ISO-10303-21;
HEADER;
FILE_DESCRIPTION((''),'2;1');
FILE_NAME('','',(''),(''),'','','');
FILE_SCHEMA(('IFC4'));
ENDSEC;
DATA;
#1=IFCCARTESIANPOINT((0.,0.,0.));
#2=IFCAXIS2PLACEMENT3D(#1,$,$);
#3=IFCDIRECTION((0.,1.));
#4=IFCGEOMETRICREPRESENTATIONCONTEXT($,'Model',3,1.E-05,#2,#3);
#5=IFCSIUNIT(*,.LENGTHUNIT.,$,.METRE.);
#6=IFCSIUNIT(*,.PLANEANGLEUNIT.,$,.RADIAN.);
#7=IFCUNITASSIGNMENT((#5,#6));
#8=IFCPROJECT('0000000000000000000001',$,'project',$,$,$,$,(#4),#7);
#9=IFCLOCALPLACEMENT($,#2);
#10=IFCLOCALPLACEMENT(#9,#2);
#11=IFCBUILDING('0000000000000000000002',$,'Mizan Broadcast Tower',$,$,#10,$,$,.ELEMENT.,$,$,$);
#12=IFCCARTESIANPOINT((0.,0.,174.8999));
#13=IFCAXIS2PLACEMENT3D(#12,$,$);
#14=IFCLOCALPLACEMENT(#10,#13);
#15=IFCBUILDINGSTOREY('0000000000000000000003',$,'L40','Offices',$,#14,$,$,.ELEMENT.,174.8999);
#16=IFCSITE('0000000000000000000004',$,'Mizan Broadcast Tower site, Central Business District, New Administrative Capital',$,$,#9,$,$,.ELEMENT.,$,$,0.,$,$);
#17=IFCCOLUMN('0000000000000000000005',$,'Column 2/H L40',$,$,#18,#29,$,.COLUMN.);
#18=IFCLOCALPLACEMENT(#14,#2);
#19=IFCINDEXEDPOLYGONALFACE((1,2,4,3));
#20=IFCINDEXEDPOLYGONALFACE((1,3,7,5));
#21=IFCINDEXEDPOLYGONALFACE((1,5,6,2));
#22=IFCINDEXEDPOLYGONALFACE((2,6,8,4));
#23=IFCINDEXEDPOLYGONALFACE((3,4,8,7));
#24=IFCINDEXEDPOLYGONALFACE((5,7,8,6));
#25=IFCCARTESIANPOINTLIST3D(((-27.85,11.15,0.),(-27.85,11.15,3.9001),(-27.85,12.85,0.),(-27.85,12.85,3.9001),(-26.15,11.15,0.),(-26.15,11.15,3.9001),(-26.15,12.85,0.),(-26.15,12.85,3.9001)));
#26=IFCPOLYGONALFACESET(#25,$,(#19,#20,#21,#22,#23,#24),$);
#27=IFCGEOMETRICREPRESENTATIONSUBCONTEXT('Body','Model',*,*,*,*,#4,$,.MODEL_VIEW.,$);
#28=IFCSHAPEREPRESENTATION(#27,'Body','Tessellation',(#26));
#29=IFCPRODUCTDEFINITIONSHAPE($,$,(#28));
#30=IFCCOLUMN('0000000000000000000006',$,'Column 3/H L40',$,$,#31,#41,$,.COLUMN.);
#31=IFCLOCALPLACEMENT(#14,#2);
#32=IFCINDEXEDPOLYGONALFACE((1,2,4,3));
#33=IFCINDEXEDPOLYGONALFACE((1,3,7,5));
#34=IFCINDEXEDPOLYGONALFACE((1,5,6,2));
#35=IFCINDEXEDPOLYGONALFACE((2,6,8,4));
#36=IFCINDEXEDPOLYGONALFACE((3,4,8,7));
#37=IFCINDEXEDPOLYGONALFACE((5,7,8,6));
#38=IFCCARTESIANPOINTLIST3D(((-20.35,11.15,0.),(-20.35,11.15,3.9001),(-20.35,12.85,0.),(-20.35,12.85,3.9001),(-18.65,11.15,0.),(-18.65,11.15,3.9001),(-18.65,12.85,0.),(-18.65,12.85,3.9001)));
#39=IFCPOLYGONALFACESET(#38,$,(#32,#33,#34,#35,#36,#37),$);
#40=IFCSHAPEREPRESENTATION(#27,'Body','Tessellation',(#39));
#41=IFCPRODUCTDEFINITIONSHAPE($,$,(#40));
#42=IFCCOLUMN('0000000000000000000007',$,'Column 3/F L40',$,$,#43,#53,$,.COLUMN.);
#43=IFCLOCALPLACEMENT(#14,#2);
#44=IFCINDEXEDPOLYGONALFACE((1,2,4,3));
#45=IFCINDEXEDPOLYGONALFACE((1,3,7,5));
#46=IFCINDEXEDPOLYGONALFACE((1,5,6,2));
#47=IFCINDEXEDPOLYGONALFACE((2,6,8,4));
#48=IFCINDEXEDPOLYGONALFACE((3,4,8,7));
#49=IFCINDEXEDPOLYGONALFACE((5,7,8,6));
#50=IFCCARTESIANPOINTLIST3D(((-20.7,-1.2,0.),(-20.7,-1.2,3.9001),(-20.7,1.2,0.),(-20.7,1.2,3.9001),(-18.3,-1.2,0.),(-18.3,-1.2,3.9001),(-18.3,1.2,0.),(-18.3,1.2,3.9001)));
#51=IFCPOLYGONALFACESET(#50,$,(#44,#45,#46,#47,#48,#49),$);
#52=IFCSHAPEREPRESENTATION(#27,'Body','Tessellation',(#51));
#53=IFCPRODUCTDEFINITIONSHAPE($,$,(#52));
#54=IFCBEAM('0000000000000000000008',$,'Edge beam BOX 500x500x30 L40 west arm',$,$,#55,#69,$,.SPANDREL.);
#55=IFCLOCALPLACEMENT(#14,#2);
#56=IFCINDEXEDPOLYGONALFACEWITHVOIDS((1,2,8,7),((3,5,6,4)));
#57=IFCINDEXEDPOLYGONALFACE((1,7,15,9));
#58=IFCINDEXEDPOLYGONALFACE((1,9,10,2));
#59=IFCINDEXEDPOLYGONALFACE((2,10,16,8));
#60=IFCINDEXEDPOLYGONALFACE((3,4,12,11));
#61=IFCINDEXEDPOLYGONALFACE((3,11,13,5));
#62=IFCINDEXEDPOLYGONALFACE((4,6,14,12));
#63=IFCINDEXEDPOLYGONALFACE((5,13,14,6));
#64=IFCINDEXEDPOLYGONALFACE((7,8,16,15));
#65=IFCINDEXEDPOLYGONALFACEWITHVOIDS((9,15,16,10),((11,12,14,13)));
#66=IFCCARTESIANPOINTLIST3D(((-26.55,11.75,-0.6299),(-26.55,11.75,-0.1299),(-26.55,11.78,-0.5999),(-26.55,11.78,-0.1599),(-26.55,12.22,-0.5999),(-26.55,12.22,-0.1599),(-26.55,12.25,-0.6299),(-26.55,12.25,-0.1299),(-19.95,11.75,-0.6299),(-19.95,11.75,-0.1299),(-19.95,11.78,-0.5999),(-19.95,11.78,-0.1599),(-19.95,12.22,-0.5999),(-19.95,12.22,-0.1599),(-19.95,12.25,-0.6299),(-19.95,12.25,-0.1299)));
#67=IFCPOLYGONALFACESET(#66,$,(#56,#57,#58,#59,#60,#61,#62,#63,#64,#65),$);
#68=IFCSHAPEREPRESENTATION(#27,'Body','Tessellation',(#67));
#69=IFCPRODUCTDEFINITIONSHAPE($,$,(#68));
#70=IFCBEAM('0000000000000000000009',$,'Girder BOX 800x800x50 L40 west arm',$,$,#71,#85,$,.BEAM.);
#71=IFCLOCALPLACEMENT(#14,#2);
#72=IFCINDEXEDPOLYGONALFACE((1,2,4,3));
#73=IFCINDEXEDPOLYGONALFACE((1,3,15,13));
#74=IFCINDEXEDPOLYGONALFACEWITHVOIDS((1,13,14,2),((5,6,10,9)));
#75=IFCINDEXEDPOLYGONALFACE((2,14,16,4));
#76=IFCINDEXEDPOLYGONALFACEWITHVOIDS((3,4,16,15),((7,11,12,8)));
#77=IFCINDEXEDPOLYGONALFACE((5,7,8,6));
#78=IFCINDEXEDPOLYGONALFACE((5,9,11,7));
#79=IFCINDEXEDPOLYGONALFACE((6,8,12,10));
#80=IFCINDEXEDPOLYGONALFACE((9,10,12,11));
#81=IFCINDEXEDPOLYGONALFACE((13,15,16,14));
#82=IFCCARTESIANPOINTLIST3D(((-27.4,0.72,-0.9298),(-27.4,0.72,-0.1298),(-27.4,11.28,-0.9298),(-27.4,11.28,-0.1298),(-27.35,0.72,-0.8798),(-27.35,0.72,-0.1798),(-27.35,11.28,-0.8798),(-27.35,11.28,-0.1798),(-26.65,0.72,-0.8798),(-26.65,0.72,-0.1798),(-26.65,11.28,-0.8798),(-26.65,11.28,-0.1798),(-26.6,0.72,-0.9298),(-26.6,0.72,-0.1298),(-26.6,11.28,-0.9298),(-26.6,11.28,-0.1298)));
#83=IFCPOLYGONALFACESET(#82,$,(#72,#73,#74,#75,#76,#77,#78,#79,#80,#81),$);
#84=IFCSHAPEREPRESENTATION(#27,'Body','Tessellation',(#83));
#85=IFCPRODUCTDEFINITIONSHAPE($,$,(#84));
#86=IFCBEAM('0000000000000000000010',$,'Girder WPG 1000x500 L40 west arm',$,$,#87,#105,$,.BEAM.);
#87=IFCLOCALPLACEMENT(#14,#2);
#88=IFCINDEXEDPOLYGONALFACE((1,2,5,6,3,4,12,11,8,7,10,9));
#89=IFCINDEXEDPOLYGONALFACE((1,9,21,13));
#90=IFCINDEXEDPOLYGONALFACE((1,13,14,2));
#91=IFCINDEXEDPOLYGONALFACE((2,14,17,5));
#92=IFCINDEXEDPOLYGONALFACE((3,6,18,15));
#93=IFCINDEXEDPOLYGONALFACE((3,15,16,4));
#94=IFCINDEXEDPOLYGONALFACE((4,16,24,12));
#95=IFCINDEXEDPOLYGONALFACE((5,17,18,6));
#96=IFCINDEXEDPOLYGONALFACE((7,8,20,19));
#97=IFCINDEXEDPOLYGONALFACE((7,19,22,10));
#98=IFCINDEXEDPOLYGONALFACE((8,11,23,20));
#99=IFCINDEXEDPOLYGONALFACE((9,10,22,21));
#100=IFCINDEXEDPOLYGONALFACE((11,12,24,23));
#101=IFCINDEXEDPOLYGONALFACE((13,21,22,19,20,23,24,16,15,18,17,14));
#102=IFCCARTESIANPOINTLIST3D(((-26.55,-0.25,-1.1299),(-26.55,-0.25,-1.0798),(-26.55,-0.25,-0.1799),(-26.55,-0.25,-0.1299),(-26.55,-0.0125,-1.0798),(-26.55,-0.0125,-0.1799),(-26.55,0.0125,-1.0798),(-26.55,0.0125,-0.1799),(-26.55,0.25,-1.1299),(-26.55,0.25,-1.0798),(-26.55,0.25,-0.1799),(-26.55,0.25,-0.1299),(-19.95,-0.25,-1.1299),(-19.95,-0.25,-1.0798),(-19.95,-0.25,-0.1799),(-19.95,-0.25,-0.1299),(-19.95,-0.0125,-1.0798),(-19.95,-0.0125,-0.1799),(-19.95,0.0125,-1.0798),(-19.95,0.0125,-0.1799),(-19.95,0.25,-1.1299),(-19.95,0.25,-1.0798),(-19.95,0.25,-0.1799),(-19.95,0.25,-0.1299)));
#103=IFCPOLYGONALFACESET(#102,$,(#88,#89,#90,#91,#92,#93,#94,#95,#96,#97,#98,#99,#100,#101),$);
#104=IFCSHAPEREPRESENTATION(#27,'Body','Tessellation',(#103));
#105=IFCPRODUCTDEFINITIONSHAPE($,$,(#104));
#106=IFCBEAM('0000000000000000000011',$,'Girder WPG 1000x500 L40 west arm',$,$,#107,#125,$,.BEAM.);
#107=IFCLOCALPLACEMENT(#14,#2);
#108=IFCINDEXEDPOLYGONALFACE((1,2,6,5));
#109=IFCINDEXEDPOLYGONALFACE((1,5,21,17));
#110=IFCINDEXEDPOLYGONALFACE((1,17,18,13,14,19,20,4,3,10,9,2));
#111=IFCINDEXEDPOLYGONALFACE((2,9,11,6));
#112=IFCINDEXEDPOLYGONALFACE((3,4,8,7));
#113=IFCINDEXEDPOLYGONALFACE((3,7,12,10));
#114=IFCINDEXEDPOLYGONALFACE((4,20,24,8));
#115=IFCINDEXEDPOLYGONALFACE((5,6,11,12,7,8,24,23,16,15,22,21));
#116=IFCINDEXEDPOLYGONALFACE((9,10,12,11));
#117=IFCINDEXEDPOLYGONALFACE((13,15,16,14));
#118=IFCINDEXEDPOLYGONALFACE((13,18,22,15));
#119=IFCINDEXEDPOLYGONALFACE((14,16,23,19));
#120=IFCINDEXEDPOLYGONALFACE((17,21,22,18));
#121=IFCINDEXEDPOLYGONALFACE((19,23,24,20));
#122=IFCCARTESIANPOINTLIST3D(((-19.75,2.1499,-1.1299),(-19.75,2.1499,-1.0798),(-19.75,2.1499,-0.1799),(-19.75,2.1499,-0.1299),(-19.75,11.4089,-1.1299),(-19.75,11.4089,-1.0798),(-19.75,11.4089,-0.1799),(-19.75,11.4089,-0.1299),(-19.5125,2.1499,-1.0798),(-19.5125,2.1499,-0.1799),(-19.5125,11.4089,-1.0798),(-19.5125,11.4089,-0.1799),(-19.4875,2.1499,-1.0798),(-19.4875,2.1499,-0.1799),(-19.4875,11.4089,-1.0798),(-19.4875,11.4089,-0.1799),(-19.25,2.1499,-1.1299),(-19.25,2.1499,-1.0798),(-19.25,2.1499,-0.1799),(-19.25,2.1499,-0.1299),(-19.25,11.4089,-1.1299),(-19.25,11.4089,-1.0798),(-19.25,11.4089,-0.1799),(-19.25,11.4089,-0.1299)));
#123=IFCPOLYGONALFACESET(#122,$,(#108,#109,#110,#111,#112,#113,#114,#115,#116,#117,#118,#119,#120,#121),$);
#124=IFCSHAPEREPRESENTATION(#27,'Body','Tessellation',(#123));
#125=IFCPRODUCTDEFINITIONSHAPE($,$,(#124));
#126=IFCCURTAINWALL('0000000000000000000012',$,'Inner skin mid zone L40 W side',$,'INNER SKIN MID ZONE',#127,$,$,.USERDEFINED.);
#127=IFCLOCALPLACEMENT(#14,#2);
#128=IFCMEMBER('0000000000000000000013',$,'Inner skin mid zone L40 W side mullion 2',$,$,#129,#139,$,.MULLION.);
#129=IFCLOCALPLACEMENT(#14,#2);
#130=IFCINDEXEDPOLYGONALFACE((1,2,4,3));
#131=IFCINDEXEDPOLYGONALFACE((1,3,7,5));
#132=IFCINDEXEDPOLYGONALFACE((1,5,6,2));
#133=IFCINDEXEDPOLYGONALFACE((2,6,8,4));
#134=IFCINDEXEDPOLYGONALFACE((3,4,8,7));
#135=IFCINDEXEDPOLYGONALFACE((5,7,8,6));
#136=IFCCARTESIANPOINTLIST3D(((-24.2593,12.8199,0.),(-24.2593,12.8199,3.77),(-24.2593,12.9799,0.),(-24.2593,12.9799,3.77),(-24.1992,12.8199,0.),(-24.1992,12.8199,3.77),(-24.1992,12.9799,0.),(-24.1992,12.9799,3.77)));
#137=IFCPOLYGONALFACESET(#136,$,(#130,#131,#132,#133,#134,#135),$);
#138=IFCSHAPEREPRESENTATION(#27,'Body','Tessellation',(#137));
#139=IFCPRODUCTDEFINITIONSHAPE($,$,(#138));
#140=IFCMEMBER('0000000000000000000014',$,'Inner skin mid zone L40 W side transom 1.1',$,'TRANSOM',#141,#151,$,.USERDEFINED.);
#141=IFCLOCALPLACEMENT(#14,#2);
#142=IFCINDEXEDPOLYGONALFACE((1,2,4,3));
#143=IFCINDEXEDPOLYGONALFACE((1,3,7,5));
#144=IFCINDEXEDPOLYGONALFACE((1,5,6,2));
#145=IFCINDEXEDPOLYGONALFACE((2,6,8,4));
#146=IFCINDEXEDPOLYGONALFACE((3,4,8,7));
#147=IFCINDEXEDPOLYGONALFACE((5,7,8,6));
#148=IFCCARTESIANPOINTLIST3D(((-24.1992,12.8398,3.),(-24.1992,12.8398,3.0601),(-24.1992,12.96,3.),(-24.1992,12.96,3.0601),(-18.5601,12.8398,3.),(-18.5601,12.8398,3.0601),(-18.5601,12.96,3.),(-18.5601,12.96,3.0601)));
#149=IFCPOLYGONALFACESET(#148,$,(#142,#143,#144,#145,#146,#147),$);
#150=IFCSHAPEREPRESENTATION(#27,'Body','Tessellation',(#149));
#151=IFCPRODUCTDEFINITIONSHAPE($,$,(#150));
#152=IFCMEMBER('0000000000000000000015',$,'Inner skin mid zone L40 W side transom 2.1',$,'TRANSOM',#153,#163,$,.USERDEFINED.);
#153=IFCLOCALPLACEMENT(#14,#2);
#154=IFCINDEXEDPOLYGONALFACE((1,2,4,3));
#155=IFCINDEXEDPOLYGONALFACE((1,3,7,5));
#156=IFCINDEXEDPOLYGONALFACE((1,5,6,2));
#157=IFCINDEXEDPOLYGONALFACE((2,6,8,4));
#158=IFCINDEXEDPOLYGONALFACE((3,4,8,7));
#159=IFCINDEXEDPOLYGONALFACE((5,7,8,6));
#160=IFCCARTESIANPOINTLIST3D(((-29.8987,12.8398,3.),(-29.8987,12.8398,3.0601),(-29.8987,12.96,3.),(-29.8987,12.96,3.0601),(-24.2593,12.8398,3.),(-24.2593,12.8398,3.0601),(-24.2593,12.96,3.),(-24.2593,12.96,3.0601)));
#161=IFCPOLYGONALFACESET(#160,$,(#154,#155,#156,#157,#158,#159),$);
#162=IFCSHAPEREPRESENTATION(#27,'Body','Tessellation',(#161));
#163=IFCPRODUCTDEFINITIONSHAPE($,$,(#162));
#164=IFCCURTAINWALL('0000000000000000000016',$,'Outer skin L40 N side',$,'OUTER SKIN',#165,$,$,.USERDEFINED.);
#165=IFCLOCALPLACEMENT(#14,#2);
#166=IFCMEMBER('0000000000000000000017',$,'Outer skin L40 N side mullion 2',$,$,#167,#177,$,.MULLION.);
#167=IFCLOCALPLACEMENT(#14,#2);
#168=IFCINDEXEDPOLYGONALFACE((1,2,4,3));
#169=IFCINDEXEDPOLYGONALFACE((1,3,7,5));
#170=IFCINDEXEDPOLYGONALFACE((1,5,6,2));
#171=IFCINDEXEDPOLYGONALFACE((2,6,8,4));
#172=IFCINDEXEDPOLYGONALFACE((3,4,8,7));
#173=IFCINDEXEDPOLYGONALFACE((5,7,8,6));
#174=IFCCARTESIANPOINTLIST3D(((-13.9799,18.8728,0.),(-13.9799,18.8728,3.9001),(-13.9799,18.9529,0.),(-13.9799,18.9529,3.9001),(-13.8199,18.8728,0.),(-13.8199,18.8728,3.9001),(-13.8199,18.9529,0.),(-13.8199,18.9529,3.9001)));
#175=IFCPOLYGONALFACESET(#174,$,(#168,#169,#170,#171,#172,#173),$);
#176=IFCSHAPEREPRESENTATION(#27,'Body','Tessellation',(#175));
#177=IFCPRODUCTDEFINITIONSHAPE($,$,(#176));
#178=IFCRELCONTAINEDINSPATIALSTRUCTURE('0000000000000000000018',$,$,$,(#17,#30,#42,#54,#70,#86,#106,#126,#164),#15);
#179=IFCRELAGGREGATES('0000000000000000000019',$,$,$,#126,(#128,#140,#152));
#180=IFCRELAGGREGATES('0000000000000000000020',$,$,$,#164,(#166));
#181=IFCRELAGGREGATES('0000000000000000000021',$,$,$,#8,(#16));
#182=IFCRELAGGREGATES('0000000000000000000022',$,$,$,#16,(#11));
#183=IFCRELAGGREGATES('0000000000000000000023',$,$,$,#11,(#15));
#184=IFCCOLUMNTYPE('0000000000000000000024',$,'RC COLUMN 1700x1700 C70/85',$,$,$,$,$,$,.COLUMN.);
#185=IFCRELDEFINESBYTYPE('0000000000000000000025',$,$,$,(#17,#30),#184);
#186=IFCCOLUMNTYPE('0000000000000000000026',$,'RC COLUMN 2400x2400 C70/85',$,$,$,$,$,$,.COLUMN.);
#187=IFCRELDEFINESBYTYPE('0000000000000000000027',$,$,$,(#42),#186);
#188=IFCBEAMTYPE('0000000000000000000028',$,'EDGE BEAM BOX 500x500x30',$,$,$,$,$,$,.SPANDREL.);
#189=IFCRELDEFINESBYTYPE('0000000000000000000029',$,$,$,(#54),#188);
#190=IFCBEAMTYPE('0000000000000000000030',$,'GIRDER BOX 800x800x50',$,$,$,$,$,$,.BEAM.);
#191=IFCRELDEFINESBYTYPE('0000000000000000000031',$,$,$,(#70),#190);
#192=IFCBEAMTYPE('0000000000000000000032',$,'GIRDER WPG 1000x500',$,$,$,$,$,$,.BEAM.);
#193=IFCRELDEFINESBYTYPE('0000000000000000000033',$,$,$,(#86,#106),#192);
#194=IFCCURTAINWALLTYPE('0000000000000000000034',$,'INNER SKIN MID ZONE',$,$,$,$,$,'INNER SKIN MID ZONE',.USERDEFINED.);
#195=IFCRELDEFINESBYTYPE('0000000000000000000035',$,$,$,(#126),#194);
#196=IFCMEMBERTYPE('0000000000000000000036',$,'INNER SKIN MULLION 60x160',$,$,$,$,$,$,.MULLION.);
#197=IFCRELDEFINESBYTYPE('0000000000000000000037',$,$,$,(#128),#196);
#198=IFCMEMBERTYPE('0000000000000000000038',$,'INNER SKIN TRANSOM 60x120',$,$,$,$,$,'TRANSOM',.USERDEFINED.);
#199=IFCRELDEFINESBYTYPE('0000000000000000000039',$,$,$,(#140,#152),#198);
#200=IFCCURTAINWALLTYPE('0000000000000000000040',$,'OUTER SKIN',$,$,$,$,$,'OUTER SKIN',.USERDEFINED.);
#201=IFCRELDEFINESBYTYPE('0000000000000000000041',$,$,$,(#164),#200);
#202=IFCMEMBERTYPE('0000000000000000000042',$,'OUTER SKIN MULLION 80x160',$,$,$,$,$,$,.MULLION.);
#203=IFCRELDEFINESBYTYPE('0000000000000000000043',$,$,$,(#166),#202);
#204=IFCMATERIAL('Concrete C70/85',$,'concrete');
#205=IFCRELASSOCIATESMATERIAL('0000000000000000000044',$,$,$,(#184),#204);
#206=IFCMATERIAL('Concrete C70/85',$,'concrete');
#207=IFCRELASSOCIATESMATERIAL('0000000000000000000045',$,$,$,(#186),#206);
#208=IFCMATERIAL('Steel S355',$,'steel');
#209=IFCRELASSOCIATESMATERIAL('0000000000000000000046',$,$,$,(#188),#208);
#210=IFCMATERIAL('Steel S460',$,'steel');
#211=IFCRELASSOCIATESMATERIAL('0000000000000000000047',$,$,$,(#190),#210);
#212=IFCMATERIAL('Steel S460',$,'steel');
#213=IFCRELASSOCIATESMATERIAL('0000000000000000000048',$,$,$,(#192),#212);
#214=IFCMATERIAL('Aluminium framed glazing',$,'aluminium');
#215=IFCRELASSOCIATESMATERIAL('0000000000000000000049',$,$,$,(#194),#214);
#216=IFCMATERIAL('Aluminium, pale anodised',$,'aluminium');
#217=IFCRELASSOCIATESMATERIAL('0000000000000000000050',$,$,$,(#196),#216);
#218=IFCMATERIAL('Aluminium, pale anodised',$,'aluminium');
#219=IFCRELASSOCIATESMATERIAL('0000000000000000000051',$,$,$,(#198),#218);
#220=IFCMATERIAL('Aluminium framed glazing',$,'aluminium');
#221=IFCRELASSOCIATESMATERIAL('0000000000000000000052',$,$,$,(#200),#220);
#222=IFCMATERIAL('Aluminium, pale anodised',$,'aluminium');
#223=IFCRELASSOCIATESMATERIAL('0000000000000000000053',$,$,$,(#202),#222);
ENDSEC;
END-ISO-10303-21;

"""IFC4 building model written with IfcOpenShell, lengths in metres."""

from ifc_helpers import new_model, si_unit, direction, frame, origin, origin_2d, place, context, subcontext, project, spatial, rectangle, hollow_rectangle, i_section, extrude, material, material_profile, profile_set, type_object, element, aggregate, save


model = new_model("IFC4")

# Units and contexts
model_context = context("Model", 3, precision=1e-05, world=origin(), true_north=direction((0.0, 1.0)))
body_context = subcontext(model_context, "Body", "Model", "MODEL_VIEW")
ifc_project = project(units=[si_unit("LENGTHUNIT", "METRE"), si_unit("PLANEANGLEUNIT", "RADIAN")], contexts=[model_context])

# Site, building, storey
site_placement = place(None, origin())
site = spatial("IfcSite", under=ifc_project, at=site_placement, Name="Mizan Broadcast Tower site, Central Business District, New Administrative Capital", CompositionType="ELEMENT", RefElevation=0.0)
building_placement = place(site_placement, origin())
building = spatial("IfcBuilding", under=site, at=building_placement, Name="Mizan Broadcast Tower", CompositionType="ELEMENT")
storey_placement = place(building_placement, frame((0.0, 0.0, 174.8999)))
storey = spatial("IfcBuildingStorey", under=building, at=storey_placement, Name="L40", Description="Offices", CompositionType="ELEMENT", Elevation=174.8999)

# Columns
ifc_material_1 = material(Name="Concrete C70/85", Category="concrete")
ifc_material_profile_1 = material_profile(ifc_material_1, rectangle(XDim=1.7, YDim=1.7, at=origin_2d()), Name="RC 1700x1700")
ifc_profile_set_1 = profile_set([ifc_material_profile_1], Name="Concrete C70/85")
column_type_1 = type_object("IfcColumnType", Name="RC COLUMN 1700x1700 C70/85", PredefinedType="COLUMN", material=ifc_profile_set_1)
for number, where, z_axis, x_axis, name in (
    (1, (-27.0, 12.0, 0.0), (0.0, 0.0, 1.0), (1.0, 0.0, 0.0), "Column 2/H L40"),
    (2, (-19.5, 12.0, 0.0), (0.0, 0.0, 1.0), (1.0, 0.0, 0.0), "Column 3/H L40"),
):
    element("IfcColumn", number, at=place(storey_placement, frame(where, z_axis=z_axis, x_axis=x_axis)), inside=storey, type_object=column_type_1, Name=name, PredefinedType="COLUMN", context=body_context, shape_type="SweptSolid", body=[
        extrude(rectangle(XDim=1.7, YDim=1.7, at=origin_2d()), origin(), (0.0, 0.0, 1.0), 3.9001),
    ])
ifc_material_2 = material(Name="Concrete C70/85", Category="concrete")
ifc_material_profile_2 = material_profile(ifc_material_2, rectangle(XDim=2.3999, YDim=2.3999, at=origin_2d()), Name="RC 2400x2400")
ifc_profile_set_2 = profile_set([ifc_material_profile_2], Name="Concrete C70/85")
column_type_2 = type_object("IfcColumnType", Name="RC COLUMN 2400x2400 C70/85", PredefinedType="COLUMN", material=ifc_profile_set_2)
column_placement = place(storey_placement, frame((-19.5, 0.0, 0.0), z_axis=(0.0, 0.0, 1.0), x_axis=(1.0, 0.0, 0.0)))
element("IfcColumn", 3, at=column_placement, inside=storey, type_object=column_type_2, Name="Column 3/F L40", PredefinedType="COLUMN", context=body_context, shape_type="SweptSolid", body=[
    extrude(rectangle(XDim=2.3999, YDim=2.3999, at=origin_2d()), origin(), (0.0, 0.0, 1.0), 3.9001),
])

# Beams
ifc_material_3 = material(Name="Steel S355", Category="steel")
ifc_material_profile_3 = material_profile(ifc_material_3, hollow_rectangle(XDim=0.5, YDim=0.5, WallThickness=0.03, at=origin_2d()), Name="BOX 500x500x30")
ifc_profile_set_3 = profile_set([ifc_material_profile_3], Name="Steel S355")
beam_type_1 = type_object("IfcBeamType", Name="EDGE BEAM BOX 500x500x30", PredefinedType="SPANDREL", material=ifc_profile_set_3)
beam_1_placement = place(storey_placement, frame((-19.95, 12.0, -0.3799), z_axis=(-1.0, 0.0, 0.0), x_axis=(0.0, -1.0, 0.0)))
element("IfcBeam", 4, at=beam_1_placement, inside=storey, type_object=beam_type_1, Name="Edge beam BOX 500x500x30 L40 west arm", PredefinedType="SPANDREL", context=body_context, shape_type="SweptSolid", body=[
    extrude(hollow_rectangle(XDim=0.5, YDim=0.5, WallThickness=0.03, at=origin_2d()), origin(), (0.0, 0.0, 1.0), 6.6001),
])
ifc_material_4 = material(Name="Steel S460", Category="steel")
ifc_material_profile_4 = material_profile(ifc_material_4, hollow_rectangle(XDim=0.8, YDim=0.8, WallThickness=0.05, at=origin_2d()), Name="BOX 800x800x50")
ifc_profile_set_4 = profile_set([ifc_material_profile_4], Name="Steel S460")
beam_type_2 = type_object("IfcBeamType", Name="GIRDER BOX 800x800x50", PredefinedType="BEAM", material=ifc_profile_set_4)
beam_2_placement = place(storey_placement, frame((-27.0, 11.28, -0.5298), z_axis=(0.0, -1.0, 0.0), x_axis=(1.0, 0.0, 0.0)))
element("IfcBeam", 5, at=beam_2_placement, inside=storey, type_object=beam_type_2, Name="Girder BOX 800x800x50 L40 west arm", PredefinedType="BEAM", context=body_context, shape_type="SweptSolid", body=[
    extrude(hollow_rectangle(XDim=0.8, YDim=0.8, WallThickness=0.05, at=origin_2d()), origin(), (0.0, 0.0, 1.0), 10.5601),
])
ifc_material_5 = material(Name="Steel S460", Category="steel")
ifc_material_profile_5 = material_profile(ifc_material_5, i_section(OverallWidth=0.5, OverallDepth=1.0, WebThickness=0.0249, FlangeThickness=0.05, at=origin_2d()), Name="WPG 1000x500")
ifc_profile_set_5 = profile_set([ifc_material_profile_5], Name="Steel S460")
beam_type_3 = type_object("IfcBeamType", Name="GIRDER WPG 1000x500", PredefinedType="BEAM", material=ifc_profile_set_5)
beam_3_placement = place(storey_placement, frame((-19.95, 0.0, -0.6299), z_axis=(-1.0, 0.0, 0.0), x_axis=(0.0, -1.0, 0.0)))
element("IfcBeam", 6, at=beam_3_placement, inside=storey, type_object=beam_type_3, Name="Girder WPG 1000x500 L40 west arm", PredefinedType="BEAM", context=body_context, shape_type="SweptSolid", body=[
    extrude(i_section(OverallWidth=0.5, OverallDepth=1.0, WebThickness=0.0249, FlangeThickness=0.05, at=origin_2d()), origin(), (0.0, 0.0, 1.0), 6.6001),
])
beam_4_placement = place(storey_placement, frame((-19.5, 11.4089, -0.6299), z_axis=(0.0, -1.0, 0.0), x_axis=(1.0, 0.0, 0.0)))
element("IfcBeam", 7, at=beam_4_placement, inside=storey, type_object=beam_type_3, Name="Girder WPG 1000x500 L40 west arm", PredefinedType="BEAM", context=body_context, shape_type="SweptSolid", body=[
    extrude(i_section(OverallWidth=0.5, OverallDepth=1.0, WebThickness=0.0249, FlangeThickness=0.05, at=origin_2d()), origin(), (0.0, 0.0, 1.0), 9.259),
])

# Curtain wall, members
ifc_material_6 = material(Name="Aluminium framed glazing", Category="aluminium")
curtain_wall_type_1 = type_object("IfcCurtainWallType", Name="INNER SKIN MID ZONE", ElementType="INNER SKIN MID ZONE", PredefinedType="USERDEFINED", material=ifc_material_6)
curtain_wall_1_placement = place(storey_placement, origin())
curtain_wall_1 = element("IfcCurtainWall", 8, at=curtain_wall_1_placement, inside=storey, type_object=curtain_wall_type_1, Name="Inner skin mid zone L40 W side", ObjectType="INNER SKIN MID ZONE", PredefinedType="USERDEFINED")
ifc_material_7 = material(Name="Aluminium, pale anodised", Category="aluminium")
ifc_material_profile_6 = material_profile(ifc_material_7, rectangle(XDim=0.1599, YDim=0.0601, at=origin_2d()), Name="MULLION 160x60")
ifc_profile_set_6 = profile_set([ifc_material_profile_6], Name="Aluminium, pale anodised")
member_type_1 = type_object("IfcMemberType", Name="INNER SKIN MULLION 60x160", PredefinedType="MULLION", material=ifc_profile_set_6)
member_1_placement = place(storey_placement, frame((-24.2292, 12.8999, 0.0), z_axis=(0.0, 0.0, 1.0), x_axis=(0.0, -1.0, 0.0)))
member_1 = element("IfcMember", 9, at=member_1_placement, type_object=member_type_1, Name="Inner skin mid zone L40 W side mullion 2", PredefinedType="MULLION", context=body_context, shape_type="SweptSolid", body=[
    extrude(rectangle(XDim=0.1599, YDim=0.0601, at=origin_2d()), origin(), (0.0, 0.0, 1.0), 3.77),
])
ifc_material_8 = material(Name="Aluminium, pale anodised", Category="aluminium")
ifc_material_profile_7 = material_profile(ifc_material_8, rectangle(XDim=0.1201, YDim=0.0601, at=origin_2d()), Name="TRANSOM 120x60")
ifc_profile_set_7 = profile_set([ifc_material_profile_7], Name="Aluminium, pale anodised")
member_type_2 = type_object("IfcMemberType", Name="INNER SKIN TRANSOM 60x120", ElementType="TRANSOM", PredefinedType="USERDEFINED", material=ifc_profile_set_7)
member_2_placement = place(storey_placement, frame((-18.5601, 12.8999, 3.03), z_axis=(-1.0, 0.0, 0.0), x_axis=(0.0, -1.0, 0.0)))
member_2 = element("IfcMember", 10, at=member_2_placement, type_object=member_type_2, Name="Inner skin mid zone L40 W side transom 1.1", ObjectType="TRANSOM", PredefinedType="USERDEFINED", context=body_context, shape_type="SweptSolid", body=[
    extrude(rectangle(XDim=0.1201, YDim=0.0601, at=origin_2d()), origin(), (0.0, 0.0, 1.0), 5.6392),
])
member_3_placement = place(storey_placement, frame((-24.2593, 12.8999, 3.03), z_axis=(-1.0, 0.0, 0.0), x_axis=(0.0, -1.0, 0.0)))
member_3 = element("IfcMember", 11, at=member_3_placement, type_object=member_type_2, Name="Inner skin mid zone L40 W side transom 2.1", ObjectType="TRANSOM", PredefinedType="USERDEFINED", context=body_context, shape_type="SweptSolid", body=[
    extrude(rectangle(XDim=0.1201, YDim=0.0601, at=origin_2d()), origin(), (0.0, 0.0, 1.0), 5.6394),
])

# Curtain wall, member
ifc_material_9 = material(Name="Aluminium framed glazing", Category="aluminium")
curtain_wall_type_2 = type_object("IfcCurtainWallType", Name="OUTER SKIN", ElementType="OUTER SKIN", PredefinedType="USERDEFINED", material=ifc_material_9)
curtain_wall_2_placement = place(storey_placement, origin())
curtain_wall_2 = element("IfcCurtainWall", 12, at=curtain_wall_2_placement, inside=storey, type_object=curtain_wall_type_2, Name="Outer skin L40 N side", ObjectType="OUTER SKIN", PredefinedType="USERDEFINED")
ifc_material_10 = material(Name="Aluminium, pale anodised", Category="aluminium")
ifc_material_profile_8 = material_profile(ifc_material_10, rectangle(XDim=0.1599, YDim=0.0801, at=origin_2d()), Name="MULLION 160x80")
ifc_profile_set_8 = profile_set([ifc_material_profile_8], Name="Aluminium, pale anodised")
member_type_3 = type_object("IfcMemberType", Name="OUTER SKIN MULLION 80x160", PredefinedType="MULLION", material=ifc_profile_set_8)
member_4_placement = place(storey_placement, frame((-13.8999, 18.9128, 0.0), z_axis=(0.0, 0.0, 1.0), x_axis=(1.0, 0.0, 0.0)))
member_4 = element("IfcMember", 13, at=member_4_placement, type_object=member_type_3, Name="Outer skin L40 N side mullion 2", PredefinedType="MULLION", context=body_context, shape_type="SweptSolid", body=[
    extrude(rectangle(XDim=0.1599, YDim=0.0801, at=origin_2d()), origin(), (0.0, 0.0, 1.0), 3.9001),
])

aggregate(curtain_wall_1, [member_1, member_2, member_3])
aggregate(curtain_wall_2, [member_4])

save(model, "model.ifc")
